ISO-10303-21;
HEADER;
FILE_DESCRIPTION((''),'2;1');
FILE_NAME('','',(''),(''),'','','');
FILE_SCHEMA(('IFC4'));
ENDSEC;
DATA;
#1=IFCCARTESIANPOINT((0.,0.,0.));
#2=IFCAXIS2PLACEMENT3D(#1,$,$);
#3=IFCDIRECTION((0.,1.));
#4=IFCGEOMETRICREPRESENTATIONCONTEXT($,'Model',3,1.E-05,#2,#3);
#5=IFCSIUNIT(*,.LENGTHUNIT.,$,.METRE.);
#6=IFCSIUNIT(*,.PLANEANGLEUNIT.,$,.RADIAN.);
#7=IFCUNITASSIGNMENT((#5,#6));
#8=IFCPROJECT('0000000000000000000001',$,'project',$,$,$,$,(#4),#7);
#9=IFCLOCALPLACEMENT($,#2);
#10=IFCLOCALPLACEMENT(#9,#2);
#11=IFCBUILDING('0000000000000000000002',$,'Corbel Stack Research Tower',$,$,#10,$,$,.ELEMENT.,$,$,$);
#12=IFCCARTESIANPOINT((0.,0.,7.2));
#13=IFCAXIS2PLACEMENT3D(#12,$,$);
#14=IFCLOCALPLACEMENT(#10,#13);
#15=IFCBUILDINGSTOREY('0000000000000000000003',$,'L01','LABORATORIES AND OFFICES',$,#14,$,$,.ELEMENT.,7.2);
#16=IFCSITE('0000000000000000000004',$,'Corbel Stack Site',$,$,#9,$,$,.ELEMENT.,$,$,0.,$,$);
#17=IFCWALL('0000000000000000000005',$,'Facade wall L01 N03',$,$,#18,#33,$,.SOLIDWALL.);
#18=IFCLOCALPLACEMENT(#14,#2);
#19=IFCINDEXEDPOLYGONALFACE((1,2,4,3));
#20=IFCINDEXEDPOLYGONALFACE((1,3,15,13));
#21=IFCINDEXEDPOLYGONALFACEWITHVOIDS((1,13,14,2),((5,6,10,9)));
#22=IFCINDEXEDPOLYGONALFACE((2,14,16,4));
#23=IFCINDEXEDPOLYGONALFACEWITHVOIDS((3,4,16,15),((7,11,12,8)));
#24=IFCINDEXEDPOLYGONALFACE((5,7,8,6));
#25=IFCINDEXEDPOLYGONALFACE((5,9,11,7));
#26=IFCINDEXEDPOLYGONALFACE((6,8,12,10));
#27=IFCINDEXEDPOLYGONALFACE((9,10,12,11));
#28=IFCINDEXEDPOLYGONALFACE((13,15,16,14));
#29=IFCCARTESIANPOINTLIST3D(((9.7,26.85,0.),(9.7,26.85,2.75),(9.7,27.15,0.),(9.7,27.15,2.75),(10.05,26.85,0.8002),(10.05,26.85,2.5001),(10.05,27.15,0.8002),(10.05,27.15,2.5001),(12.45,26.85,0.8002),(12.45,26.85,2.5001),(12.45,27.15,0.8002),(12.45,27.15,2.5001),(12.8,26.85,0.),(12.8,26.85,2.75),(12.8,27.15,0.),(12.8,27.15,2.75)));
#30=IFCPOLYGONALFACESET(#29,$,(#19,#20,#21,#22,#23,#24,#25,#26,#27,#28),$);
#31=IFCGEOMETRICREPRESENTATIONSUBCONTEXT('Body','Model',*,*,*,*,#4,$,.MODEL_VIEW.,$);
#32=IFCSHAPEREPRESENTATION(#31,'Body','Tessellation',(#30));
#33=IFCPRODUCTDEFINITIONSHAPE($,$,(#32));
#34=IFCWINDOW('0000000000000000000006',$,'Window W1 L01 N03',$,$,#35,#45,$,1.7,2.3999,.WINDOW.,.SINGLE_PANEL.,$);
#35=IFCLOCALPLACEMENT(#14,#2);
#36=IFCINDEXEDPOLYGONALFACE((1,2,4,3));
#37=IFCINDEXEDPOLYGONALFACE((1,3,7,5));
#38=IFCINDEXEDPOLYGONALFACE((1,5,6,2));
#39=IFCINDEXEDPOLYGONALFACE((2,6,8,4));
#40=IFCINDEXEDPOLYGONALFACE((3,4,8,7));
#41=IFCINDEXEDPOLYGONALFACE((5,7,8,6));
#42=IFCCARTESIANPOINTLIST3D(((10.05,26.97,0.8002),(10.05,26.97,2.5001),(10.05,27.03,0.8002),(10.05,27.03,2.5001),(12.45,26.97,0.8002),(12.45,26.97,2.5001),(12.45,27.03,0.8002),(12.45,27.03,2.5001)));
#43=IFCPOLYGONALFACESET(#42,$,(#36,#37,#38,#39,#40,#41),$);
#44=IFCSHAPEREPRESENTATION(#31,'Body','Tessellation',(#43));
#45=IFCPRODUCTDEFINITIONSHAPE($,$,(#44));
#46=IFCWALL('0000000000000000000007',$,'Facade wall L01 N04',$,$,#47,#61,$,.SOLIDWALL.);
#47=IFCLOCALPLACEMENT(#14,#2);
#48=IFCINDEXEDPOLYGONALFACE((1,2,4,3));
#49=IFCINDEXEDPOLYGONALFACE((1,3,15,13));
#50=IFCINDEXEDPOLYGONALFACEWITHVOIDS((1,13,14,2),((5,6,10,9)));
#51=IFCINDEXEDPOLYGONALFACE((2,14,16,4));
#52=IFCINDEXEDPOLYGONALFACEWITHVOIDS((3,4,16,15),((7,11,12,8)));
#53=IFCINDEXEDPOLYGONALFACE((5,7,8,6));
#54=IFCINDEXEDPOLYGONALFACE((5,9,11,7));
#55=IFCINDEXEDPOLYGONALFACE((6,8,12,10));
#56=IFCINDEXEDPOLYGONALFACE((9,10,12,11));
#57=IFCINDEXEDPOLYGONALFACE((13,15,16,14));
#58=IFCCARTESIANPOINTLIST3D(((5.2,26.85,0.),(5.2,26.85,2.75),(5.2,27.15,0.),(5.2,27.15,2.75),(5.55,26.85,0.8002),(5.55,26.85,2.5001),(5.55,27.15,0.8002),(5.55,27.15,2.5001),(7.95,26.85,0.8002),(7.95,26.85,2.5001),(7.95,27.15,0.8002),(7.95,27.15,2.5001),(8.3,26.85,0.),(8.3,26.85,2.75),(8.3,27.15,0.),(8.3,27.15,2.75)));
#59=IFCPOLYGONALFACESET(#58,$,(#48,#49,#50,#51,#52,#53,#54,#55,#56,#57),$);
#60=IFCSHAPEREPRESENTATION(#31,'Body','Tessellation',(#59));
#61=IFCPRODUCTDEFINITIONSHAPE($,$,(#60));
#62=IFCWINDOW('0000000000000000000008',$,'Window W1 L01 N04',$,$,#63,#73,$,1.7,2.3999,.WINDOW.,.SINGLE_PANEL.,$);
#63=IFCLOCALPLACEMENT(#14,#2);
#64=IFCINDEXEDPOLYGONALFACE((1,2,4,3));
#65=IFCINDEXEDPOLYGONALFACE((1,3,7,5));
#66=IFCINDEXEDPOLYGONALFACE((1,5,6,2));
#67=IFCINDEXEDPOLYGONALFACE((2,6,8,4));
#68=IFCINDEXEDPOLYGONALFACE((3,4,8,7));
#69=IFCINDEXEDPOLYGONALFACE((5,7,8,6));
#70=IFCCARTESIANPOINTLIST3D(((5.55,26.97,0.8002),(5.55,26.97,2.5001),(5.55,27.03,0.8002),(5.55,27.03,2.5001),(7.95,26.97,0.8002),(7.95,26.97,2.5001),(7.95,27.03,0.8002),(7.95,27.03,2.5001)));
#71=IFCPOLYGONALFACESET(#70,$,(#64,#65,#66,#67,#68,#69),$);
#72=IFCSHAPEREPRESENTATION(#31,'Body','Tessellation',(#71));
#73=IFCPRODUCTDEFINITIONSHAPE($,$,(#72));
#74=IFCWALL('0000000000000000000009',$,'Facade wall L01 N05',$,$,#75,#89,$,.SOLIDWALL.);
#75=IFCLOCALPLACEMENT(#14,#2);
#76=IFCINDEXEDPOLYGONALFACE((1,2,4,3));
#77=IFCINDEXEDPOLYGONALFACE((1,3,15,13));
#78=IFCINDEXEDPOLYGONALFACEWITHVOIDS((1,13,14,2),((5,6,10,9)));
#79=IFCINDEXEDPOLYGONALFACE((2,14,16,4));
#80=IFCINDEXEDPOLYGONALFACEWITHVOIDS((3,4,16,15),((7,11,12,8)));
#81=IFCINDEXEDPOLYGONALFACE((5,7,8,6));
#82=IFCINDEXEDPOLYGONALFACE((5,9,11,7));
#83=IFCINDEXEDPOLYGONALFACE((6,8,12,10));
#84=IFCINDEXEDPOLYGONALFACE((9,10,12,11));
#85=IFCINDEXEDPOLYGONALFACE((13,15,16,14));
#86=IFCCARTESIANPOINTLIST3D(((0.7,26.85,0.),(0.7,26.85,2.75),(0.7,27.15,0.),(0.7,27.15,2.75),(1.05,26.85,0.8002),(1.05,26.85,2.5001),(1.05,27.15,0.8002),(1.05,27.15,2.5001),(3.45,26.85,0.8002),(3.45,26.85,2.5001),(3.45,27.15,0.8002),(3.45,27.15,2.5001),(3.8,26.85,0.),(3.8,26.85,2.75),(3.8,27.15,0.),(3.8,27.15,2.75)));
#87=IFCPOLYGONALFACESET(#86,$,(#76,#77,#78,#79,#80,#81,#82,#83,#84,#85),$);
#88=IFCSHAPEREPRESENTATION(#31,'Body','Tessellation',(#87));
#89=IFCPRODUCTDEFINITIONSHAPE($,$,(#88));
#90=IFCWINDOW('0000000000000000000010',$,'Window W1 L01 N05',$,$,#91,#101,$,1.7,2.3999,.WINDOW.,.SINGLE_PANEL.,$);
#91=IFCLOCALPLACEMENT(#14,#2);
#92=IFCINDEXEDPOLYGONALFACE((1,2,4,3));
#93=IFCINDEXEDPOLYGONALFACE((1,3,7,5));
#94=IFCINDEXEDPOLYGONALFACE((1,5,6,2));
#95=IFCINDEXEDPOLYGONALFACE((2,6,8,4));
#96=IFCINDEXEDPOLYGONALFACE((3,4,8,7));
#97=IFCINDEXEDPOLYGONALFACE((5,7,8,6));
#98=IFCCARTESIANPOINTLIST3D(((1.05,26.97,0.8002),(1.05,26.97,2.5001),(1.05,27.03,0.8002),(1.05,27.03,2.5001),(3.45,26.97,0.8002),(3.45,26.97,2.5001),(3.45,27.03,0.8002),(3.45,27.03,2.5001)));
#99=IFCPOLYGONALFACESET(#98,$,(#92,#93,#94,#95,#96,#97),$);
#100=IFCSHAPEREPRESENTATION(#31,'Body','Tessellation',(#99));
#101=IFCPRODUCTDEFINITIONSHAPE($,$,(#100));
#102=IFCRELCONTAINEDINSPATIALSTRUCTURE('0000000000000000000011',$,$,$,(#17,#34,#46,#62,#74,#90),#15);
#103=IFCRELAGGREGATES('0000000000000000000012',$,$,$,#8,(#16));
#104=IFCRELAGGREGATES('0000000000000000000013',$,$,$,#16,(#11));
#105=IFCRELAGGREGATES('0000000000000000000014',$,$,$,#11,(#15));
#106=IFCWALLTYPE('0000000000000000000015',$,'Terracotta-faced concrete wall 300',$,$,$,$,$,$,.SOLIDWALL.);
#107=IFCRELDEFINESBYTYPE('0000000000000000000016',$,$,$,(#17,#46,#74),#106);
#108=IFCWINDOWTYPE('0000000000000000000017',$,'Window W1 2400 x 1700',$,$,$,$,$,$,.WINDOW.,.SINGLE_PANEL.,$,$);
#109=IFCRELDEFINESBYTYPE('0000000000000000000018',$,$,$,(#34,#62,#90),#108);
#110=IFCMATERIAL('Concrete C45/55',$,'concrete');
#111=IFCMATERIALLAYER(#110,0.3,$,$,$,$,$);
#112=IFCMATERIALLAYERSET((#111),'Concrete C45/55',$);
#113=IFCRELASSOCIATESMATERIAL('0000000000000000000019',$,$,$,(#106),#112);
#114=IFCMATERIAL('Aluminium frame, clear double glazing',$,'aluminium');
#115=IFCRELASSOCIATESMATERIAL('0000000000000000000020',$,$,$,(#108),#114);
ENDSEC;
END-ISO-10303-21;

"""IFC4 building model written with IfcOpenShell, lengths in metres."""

from ifc_helpers import new_model, si_unit, direction, frame, frame_2d, origin, place, context, subcontext, project, spatial, rectangle, extrude, material, layer, layer_set, type_object, element, fill, save


model = new_model("IFC4")

# Units and contexts
model_context = context("Model", 3, precision=1e-05, world=origin(), true_north=direction((0.0, 1.0)))
body_context = subcontext(model_context, "Body", "Model", "MODEL_VIEW")
ifc_project = project(units=[si_unit("LENGTHUNIT", "METRE"), si_unit("PLANEANGLEUNIT", "RADIAN")], contexts=[model_context])

# Site, building, storey
site_placement = place(None, origin())
site = spatial("IfcSite", under=ifc_project, at=site_placement, Name="Corbel Stack Site", CompositionType="ELEMENT", RefElevation=0.0)
building_placement = place(site_placement, origin())
building = spatial("IfcBuilding", under=site, at=building_placement, Name="Corbel Stack Research Tower", CompositionType="ELEMENT")
storey_placement = place(building_placement, frame((0.0, 0.0, 7.2)))
storey = spatial("IfcBuildingStorey", under=building, at=storey_placement, Name="L01", Description="LABORATORIES AND OFFICES", CompositionType="ELEMENT", Elevation=7.2)

# Shared definitions
ifc_material_1 = material(Name="Concrete C45/55", Category="concrete")
ifc_layer_1 = layer(ifc_material_1, 0.3)
ifc_layer_set_1 = layer_set([ifc_layer_1], Name="Concrete C45/55")
wall_type_1 = type_object("IfcWallType", Name="Terracotta-faced concrete wall 300", PredefinedType="SOLIDWALL", material=ifc_layer_set_1)

# Walls, openings, windows
wall_1_placement = place(storey_placement, frame((9.7, 27.0, 0.0), z_axis=(0.0, 0.0, 1.0), x_axis=(1.0, 0.0, 0.0)))
wall_1 = element("IfcWall", 1, at=wall_1_placement, inside=storey, type_object=wall_type_1, Name="Facade wall L01 N03", PredefinedType="SOLIDWALL", context=body_context, shape_type="SweptSolid", body=[
    extrude(rectangle(XDim=3.1001, YDim=0.3, at=frame_2d((1.55, 0.0))), origin(), (0.0, 0.0, 1.0), 2.75),
])
opening_1_placement = place(wall_1_placement, frame((0.3501, 0.0, 0.8)))
opening_1 = element("IfcOpeningElement", 2, at=opening_1_placement, cuts=wall_1, PredefinedType="OPENING", context=body_context, shape_type="SweptSolid", body=[
    extrude(rectangle(XDim=2.3999, YDim=1.7, at=frame_2d((1.2, 0.8501))), frame((0.0, 0.1599, 0.0), z_axis=(0.0, -1.0, 0.0), x_axis=(1.0, 0.0, 0.0)), (0.0, 0.0, 1.0), 0.3201),
])
ifc_material_2 = material(Name="Aluminium frame, clear double glazing", Category="aluminium")
window_type = type_object("IfcWindowType", Name="Window W1 2400 x 1700", PartitioningType="SINGLE_PANEL", PredefinedType="WINDOW", material=ifc_material_2)
window_1_placement = place(opening_1_placement, origin())
window_1 = element("IfcWindow", 3, at=window_1_placement, inside=storey, type_object=window_type, Name="Window W1 L01 N03", OverallHeight=1.7, OverallWidth=2.3999, PartitioningType="SINGLE_PANEL", PredefinedType="WINDOW", context=body_context, shape_type="SweptSolid", body=[
    extrude(rectangle(XDim=2.3999, YDim=1.7, at=frame_2d((1.2, 0.8501))), frame((0.0, 0.03, 0.0), z_axis=(0.0, -1.0, 0.0), x_axis=(1.0, 0.0, 0.0)), (0.0, 0.0, 1.0), 0.0601),
])
fill(opening_1, window_1)
wall_2_placement = place(storey_placement, frame((5.2, 27.0, 0.0), z_axis=(0.0, 0.0, 1.0), x_axis=(1.0, 0.0, 0.0)))
wall_2 = element("IfcWall", 4, at=wall_2_placement, inside=storey, type_object=wall_type_1, Name="Facade wall L01 N04", PredefinedType="SOLIDWALL", context=body_context, shape_type="SweptSolid", body=[
    extrude(rectangle(XDim=3.1001, YDim=0.3, at=frame_2d((1.55, 0.0))), origin(), (0.0, 0.0, 1.0), 2.75),
])
opening_2_placement = place(wall_2_placement, frame((0.3501, 0.0, 0.8)))
opening_2 = element("IfcOpeningElement", 5, at=opening_2_placement, cuts=wall_2, PredefinedType="OPENING", context=body_context, shape_type="SweptSolid", body=[
    extrude(rectangle(XDim=2.3999, YDim=1.7, at=frame_2d((1.2, 0.8501))), frame((0.0, 0.1599, 0.0), z_axis=(0.0, -1.0, 0.0), x_axis=(1.0, 0.0, 0.0)), (0.0, 0.0, 1.0), 0.3201),
])
window_2_placement = place(opening_2_placement, origin())
window_2 = element("IfcWindow", 6, at=window_2_placement, inside=storey, type_object=window_type, Name="Window W1 L01 N04", OverallHeight=1.7, OverallWidth=2.3999, PartitioningType="SINGLE_PANEL", PredefinedType="WINDOW", context=body_context, shape_type="SweptSolid", body=[
    extrude(rectangle(XDim=2.3999, YDim=1.7, at=frame_2d((1.2, 0.8501))), frame((0.0, 0.03, 0.0), z_axis=(0.0, -1.0, 0.0), x_axis=(1.0, 0.0, 0.0)), (0.0, 0.0, 1.0), 0.0601),
])
fill(opening_2, window_2)
wall_3_placement = place(storey_placement, frame((0.7, 27.0, 0.0), z_axis=(0.0, 0.0, 1.0), x_axis=(1.0, 0.0, 0.0)))
wall_3 = element("IfcWall", 7, at=wall_3_placement, inside=storey, type_object=wall_type_1, Name="Facade wall L01 N05", PredefinedType="SOLIDWALL", context=body_context, shape_type="SweptSolid", body=[
    extrude(rectangle(XDim=3.1001, YDim=0.3, at=frame_2d((1.55, 0.0))), origin(), (0.0, 0.0, 1.0), 2.75),
])
opening_3_placement = place(wall_3_placement, frame((0.3501, 0.0, 0.8)))
opening_3 = element("IfcOpeningElement", 8, at=opening_3_placement, cuts=wall_3, PredefinedType="OPENING", context=body_context, shape_type="SweptSolid", body=[
    extrude(rectangle(XDim=2.3999, YDim=1.7, at=frame_2d((1.2, 0.8501))), frame((0.0, 0.1599, 0.0), z_axis=(0.0, -1.0, 0.0), x_axis=(1.0, 0.0, 0.0)), (0.0, 0.0, 1.0), 0.3201),
])
window_3_placement = place(opening_3_placement, origin())
window_3 = element("IfcWindow", 9, at=window_3_placement, inside=storey, type_object=window_type, Name="Window W1 L01 N05", OverallHeight=1.7, OverallWidth=2.3999, PartitioningType="SINGLE_PANEL", PredefinedType="WINDOW", context=body_context, shape_type="SweptSolid", body=[
    extrude(rectangle(XDim=2.3999, YDim=1.7, at=frame_2d((1.2, 0.8501))), frame((0.0, 0.03, 0.0), z_axis=(0.0, -1.0, 0.0), x_axis=(1.0, 0.0, 0.0)), (0.0, 0.0, 1.0), 0.0601),
])
fill(opening_3, window_3)

save(model, "model.ifc")
